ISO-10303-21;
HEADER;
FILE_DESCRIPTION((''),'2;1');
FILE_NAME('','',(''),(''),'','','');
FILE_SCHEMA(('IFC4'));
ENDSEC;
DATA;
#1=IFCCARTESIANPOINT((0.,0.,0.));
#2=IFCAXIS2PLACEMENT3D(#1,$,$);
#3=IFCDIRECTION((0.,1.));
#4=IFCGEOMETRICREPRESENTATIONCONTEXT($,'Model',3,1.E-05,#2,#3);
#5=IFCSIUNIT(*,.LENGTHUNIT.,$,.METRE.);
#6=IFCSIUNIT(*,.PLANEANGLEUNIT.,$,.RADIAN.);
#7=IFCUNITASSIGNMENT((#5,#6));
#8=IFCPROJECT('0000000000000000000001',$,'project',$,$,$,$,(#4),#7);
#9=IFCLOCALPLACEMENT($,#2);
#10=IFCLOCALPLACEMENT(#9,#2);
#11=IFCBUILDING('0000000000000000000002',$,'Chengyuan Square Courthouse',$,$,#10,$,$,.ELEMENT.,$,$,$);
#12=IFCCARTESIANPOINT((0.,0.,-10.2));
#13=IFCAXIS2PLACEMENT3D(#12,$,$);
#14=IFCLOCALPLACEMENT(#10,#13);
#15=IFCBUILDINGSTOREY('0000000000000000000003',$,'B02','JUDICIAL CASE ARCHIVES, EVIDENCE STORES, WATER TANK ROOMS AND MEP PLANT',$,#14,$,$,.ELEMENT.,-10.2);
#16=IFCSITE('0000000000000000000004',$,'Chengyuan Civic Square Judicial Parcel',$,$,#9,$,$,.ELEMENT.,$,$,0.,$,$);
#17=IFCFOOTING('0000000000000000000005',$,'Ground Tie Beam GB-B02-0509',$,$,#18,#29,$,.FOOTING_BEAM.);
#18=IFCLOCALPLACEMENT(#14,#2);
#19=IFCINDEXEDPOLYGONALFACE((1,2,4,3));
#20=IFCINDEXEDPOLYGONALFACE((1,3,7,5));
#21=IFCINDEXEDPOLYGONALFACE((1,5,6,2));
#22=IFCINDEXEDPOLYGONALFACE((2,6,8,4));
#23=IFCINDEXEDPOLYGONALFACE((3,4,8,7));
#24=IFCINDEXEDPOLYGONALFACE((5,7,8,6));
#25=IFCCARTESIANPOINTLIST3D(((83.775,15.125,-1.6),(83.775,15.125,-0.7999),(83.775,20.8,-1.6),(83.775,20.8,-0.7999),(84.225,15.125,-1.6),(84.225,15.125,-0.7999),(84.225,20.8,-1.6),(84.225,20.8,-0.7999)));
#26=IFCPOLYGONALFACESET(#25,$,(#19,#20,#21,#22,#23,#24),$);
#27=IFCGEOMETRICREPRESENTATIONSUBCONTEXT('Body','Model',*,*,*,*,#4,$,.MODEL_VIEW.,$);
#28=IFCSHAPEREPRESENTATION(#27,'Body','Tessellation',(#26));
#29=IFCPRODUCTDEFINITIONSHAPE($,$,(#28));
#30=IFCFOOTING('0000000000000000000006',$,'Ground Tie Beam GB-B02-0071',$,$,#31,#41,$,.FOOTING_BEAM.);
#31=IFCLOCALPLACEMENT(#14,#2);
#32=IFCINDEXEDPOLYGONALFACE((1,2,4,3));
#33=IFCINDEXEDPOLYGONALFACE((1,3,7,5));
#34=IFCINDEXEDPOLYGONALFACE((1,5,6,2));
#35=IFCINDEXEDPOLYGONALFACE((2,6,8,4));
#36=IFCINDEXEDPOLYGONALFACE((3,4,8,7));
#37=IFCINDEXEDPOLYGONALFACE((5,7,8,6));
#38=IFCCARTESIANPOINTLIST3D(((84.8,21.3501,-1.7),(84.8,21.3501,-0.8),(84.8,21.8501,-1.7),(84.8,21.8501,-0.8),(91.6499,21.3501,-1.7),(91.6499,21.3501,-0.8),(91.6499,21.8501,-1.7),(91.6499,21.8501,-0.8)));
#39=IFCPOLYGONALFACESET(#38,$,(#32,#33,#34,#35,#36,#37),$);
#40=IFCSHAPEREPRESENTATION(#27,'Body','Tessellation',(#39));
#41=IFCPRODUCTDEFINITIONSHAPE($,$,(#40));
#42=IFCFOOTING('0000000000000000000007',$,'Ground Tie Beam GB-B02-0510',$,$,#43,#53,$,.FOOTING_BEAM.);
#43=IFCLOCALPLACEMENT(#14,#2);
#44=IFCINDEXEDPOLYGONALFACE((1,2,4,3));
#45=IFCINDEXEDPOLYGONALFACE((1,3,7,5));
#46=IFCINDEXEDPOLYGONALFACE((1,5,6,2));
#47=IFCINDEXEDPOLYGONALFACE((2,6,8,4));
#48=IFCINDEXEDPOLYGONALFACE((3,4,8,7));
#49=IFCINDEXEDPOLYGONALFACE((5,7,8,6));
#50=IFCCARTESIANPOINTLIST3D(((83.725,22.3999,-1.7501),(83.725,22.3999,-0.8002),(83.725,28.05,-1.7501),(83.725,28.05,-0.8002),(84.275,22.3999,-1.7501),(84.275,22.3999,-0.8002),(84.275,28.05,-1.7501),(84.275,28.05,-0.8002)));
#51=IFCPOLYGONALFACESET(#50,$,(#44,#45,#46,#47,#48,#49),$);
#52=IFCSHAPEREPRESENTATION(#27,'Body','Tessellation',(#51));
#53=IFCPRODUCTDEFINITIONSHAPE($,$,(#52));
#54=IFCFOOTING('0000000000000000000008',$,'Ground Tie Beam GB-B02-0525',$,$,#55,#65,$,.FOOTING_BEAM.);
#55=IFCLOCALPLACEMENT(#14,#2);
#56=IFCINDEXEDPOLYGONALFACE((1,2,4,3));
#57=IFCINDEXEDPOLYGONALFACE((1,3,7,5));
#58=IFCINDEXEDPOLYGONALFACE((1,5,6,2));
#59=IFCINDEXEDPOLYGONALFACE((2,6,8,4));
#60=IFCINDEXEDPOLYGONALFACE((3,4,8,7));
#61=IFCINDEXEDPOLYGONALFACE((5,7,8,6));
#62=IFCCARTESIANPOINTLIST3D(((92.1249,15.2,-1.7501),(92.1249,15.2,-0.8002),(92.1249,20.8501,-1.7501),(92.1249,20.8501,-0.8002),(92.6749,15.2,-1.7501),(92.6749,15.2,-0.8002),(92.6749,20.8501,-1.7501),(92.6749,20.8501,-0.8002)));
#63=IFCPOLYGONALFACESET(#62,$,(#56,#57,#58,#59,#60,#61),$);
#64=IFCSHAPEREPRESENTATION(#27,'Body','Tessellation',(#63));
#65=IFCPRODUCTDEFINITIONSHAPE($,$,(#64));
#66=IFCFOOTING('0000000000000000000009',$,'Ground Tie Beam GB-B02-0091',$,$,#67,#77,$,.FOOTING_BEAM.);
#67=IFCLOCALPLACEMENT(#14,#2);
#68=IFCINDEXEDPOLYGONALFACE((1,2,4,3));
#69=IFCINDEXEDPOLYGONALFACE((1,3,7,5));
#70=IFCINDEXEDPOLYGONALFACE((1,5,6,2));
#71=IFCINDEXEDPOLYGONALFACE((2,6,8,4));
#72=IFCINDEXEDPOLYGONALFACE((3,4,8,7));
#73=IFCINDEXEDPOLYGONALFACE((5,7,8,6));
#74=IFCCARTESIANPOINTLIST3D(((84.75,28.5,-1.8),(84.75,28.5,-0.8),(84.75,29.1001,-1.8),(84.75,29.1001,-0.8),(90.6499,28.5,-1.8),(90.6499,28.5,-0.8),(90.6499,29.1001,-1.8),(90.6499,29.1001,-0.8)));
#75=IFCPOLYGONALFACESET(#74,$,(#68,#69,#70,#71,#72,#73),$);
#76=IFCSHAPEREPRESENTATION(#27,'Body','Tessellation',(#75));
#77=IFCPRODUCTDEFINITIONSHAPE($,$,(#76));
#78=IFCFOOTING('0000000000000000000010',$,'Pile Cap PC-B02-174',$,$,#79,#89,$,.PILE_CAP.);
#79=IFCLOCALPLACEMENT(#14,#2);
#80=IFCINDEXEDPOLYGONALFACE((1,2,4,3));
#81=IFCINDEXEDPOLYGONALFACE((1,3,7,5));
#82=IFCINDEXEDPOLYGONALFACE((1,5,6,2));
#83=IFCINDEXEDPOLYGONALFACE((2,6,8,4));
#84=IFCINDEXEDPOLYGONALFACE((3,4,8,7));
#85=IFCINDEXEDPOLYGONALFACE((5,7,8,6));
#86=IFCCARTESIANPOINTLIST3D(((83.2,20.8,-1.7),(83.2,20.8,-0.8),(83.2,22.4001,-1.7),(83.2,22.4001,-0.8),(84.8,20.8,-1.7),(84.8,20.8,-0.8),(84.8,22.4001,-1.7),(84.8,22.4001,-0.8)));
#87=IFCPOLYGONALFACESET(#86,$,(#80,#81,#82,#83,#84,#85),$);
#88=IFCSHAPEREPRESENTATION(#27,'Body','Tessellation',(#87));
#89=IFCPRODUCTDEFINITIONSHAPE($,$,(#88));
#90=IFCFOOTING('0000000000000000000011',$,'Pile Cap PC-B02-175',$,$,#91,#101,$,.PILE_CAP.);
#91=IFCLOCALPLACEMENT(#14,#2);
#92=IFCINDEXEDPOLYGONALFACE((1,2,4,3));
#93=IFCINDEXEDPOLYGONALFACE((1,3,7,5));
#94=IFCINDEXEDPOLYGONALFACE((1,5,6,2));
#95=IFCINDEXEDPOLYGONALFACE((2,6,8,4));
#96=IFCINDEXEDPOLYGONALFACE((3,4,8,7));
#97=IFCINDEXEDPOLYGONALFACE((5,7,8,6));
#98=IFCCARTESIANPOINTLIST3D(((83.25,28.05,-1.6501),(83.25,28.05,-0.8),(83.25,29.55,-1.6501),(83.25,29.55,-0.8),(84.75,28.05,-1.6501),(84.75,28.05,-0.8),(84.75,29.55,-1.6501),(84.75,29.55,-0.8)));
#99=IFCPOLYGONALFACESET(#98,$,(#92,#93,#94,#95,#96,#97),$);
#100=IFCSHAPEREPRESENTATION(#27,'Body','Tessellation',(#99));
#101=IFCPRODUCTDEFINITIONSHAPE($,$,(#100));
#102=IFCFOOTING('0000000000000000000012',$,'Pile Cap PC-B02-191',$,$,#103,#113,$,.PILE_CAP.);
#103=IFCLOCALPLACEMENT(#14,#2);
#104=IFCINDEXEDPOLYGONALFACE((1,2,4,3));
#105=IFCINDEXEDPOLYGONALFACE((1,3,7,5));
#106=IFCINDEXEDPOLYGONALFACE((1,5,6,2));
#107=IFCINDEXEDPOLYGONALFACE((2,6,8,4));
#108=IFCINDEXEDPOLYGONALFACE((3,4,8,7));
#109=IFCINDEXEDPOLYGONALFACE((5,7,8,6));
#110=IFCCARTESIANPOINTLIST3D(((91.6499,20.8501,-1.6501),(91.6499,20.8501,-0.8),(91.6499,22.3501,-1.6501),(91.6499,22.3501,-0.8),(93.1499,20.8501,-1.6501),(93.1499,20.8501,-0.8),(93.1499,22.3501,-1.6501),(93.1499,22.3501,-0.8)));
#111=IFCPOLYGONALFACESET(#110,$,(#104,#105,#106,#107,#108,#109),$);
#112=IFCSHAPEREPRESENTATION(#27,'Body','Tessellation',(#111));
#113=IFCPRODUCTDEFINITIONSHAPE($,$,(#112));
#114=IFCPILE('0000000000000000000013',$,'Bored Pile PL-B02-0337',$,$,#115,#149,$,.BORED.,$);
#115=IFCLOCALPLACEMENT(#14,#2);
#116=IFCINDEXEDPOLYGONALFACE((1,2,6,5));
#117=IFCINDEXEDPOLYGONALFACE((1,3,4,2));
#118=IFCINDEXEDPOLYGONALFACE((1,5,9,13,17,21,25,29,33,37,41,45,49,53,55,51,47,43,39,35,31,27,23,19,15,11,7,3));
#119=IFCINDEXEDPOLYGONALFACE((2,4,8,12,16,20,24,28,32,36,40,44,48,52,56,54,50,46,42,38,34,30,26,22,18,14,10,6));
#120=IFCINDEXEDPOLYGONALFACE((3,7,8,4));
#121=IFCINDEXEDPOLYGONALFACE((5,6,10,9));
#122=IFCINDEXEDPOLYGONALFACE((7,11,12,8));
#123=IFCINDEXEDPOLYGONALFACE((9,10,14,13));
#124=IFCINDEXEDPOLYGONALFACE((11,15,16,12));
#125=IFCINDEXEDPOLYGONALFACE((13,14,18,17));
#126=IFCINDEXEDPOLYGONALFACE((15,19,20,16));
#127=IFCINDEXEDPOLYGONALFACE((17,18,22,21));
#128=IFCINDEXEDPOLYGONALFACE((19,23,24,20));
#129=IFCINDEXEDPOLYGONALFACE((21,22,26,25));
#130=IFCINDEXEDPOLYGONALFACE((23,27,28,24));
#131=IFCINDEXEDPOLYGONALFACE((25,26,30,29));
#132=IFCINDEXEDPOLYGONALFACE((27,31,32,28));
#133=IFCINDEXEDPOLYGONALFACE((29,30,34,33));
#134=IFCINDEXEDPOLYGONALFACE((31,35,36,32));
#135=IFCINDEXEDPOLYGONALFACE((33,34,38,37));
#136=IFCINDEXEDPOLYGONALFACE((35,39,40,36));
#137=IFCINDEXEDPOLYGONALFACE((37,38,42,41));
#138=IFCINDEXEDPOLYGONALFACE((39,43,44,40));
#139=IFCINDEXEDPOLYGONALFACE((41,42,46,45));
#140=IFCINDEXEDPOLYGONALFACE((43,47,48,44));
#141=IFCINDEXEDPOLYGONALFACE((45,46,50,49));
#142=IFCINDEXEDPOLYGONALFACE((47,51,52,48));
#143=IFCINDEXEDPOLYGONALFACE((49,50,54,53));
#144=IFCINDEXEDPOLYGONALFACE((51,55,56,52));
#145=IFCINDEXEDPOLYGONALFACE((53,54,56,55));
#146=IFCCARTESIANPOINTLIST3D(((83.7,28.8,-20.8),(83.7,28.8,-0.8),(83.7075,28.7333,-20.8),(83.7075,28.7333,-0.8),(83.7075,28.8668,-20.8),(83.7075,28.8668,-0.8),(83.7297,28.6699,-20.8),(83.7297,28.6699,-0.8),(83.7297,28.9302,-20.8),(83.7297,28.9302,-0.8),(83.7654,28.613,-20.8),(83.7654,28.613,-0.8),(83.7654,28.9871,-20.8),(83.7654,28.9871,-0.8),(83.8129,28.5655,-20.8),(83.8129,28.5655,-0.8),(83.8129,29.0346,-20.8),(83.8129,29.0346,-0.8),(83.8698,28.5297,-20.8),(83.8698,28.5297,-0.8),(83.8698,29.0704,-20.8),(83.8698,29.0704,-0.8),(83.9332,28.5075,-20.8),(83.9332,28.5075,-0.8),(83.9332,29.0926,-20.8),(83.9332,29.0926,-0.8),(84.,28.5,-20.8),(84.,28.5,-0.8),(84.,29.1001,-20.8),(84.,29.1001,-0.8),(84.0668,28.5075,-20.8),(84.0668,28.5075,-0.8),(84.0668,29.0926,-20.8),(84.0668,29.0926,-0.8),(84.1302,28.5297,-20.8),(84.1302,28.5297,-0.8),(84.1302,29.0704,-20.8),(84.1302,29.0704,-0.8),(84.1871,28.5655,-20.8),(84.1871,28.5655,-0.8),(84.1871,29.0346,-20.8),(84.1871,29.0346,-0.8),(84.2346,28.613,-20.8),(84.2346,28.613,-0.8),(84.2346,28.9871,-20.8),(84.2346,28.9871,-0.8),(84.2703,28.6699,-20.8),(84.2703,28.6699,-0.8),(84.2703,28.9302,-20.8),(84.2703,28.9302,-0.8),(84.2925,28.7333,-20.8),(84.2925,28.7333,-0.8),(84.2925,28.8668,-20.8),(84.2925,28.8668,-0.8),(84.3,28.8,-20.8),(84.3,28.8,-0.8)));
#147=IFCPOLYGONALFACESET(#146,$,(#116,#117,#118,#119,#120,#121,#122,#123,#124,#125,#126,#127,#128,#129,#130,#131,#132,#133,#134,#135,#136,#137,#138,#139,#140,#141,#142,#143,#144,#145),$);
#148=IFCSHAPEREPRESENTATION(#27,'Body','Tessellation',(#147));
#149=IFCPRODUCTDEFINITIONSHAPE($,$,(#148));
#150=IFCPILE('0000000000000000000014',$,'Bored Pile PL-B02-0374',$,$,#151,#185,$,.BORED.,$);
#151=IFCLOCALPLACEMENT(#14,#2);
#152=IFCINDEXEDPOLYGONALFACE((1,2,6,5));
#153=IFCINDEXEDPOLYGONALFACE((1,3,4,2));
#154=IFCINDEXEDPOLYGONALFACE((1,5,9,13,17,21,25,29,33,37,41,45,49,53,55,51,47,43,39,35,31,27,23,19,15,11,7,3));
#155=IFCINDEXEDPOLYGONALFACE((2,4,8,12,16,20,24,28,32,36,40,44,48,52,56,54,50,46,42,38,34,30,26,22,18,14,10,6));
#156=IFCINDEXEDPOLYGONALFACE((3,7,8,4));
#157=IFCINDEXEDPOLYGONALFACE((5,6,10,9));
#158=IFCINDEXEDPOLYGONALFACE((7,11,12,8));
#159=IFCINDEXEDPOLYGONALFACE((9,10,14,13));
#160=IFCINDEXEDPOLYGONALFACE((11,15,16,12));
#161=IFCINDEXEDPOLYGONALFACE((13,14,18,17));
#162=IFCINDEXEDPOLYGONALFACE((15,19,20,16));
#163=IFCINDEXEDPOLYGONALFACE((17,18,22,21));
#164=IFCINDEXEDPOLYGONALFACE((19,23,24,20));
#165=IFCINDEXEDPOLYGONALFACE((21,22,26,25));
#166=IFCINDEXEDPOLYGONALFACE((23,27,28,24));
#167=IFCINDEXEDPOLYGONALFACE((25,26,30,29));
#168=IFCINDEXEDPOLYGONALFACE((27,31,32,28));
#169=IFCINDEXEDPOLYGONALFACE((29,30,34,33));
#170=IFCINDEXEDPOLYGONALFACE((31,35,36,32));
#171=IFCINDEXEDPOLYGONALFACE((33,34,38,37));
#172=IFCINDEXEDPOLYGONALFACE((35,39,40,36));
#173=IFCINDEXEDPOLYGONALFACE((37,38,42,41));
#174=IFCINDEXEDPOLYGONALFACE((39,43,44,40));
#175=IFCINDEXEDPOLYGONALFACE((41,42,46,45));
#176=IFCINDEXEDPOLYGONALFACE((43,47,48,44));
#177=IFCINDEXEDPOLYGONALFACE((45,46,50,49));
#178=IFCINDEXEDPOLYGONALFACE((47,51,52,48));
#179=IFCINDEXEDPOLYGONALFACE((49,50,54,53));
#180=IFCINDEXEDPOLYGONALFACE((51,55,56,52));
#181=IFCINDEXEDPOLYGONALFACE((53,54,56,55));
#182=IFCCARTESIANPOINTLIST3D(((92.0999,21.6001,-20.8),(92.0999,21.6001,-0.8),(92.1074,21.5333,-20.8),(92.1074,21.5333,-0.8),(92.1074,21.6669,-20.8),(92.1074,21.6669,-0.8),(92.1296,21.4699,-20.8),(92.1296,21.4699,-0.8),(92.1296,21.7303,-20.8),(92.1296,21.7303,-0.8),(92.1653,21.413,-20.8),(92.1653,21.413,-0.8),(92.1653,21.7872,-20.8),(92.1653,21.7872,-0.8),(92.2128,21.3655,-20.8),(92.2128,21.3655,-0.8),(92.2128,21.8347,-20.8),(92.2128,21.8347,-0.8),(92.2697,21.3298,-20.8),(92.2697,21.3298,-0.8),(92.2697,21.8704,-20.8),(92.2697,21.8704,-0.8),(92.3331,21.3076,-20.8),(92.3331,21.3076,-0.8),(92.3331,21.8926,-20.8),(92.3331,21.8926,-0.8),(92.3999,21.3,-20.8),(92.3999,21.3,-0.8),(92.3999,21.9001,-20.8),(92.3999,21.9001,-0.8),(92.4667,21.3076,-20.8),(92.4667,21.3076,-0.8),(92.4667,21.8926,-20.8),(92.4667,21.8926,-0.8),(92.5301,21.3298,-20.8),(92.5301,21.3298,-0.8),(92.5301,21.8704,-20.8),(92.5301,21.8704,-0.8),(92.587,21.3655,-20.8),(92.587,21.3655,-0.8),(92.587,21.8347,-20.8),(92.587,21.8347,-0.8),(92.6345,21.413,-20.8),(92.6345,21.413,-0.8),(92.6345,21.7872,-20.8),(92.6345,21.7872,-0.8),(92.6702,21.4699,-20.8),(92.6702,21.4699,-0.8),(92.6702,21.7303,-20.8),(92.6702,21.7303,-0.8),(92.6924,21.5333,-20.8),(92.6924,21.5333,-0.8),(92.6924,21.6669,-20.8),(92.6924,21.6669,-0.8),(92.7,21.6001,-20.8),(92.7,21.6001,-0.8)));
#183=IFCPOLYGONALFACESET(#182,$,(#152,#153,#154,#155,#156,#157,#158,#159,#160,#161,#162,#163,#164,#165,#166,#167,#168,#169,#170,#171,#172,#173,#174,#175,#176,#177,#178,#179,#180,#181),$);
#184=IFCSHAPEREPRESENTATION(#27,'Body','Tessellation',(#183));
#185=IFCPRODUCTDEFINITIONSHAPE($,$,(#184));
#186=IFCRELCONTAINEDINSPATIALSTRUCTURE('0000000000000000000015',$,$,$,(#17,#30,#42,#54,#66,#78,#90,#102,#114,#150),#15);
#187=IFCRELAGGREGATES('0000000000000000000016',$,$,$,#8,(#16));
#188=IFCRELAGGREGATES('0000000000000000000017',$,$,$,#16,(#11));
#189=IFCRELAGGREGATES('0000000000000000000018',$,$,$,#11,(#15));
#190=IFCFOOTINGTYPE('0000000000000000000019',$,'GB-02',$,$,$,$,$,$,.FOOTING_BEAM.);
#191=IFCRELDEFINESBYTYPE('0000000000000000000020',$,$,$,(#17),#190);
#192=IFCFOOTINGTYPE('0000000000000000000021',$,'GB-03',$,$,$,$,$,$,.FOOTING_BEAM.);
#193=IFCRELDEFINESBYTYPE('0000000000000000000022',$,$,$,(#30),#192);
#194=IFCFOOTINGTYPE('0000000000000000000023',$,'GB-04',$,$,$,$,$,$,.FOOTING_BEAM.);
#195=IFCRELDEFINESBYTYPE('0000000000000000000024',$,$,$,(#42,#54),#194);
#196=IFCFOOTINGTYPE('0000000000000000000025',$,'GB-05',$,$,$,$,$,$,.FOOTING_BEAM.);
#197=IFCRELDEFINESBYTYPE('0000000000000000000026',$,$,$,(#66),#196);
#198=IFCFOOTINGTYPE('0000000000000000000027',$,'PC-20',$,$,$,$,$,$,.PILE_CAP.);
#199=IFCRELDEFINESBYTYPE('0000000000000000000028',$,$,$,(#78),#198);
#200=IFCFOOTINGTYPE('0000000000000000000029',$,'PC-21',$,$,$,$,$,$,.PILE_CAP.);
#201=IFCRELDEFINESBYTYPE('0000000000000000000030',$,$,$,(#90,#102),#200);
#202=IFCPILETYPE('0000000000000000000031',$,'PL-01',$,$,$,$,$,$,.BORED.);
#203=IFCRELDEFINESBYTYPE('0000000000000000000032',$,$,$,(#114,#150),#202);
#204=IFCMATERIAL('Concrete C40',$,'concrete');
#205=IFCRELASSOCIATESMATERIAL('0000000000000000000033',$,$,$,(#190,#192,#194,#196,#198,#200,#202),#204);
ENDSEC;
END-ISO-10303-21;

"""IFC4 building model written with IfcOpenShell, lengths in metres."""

from ifc_helpers import new_model, si_unit, direction, frame, origin, origin_2d, place, context, subcontext, project, spatial, rectangle, circle, extrude, material, material_profile, profile_set, type_object, element, save


model = new_model("IFC4")

# Units and contexts
model_context = context("Model", 3, precision=1e-05, world=origin(), true_north=direction((0.0, 1.0)))
body_context = subcontext(model_context, "Body", "Model", "MODEL_VIEW")
ifc_project = project(units=[si_unit("LENGTHUNIT", "METRE"), si_unit("PLANEANGLEUNIT", "RADIAN")], contexts=[model_context])

# Site, building, storey
site_placement = place(None, origin())
site = spatial("IfcSite", under=ifc_project, at=site_placement, Name="Chengyuan Civic Square Judicial Parcel", CompositionType="ELEMENT", RefElevation=0.0)
building_placement = place(site_placement, origin())
building = spatial("IfcBuilding", under=site, at=building_placement, Name="Chengyuan Square Courthouse", CompositionType="ELEMENT")
storey_placement = place(building_placement, frame((0.0, 0.0, -10.2)))
storey = spatial("IfcBuildingStorey", under=building, at=storey_placement, Name="B02", Description="JUDICIAL CASE ARCHIVES, EVIDENCE STORES, WATER TANK ROOMS AND MEP PLANT", CompositionType="ELEMENT", Elevation=-10.2)

# Footings
ifc_material_1 = material(Name="Concrete C40", Category="concrete")
ifc_material_profile_1 = material_profile(ifc_material_1, rectangle(XDim=0.45, YDim=0.8, at=origin_2d()), Name="GB-450x800")
ifc_profile_set_1 = profile_set([ifc_material_profile_1], Name="Concrete C40")
footing_type_1 = type_object("IfcFootingType", Name="GB-02", PredefinedType="FOOTING_BEAM", material=ifc_profile_set_1)
footing_1_placement = place(storey_placement, frame((84.0, 15.125, -1.2), z_axis=(0.0, 1.0, 0.0), x_axis=(-1.0, 0.0, 0.0)))
element("IfcFooting", 1, at=footing_1_placement, inside=storey, type_object=footing_type_1, Name="Ground Tie Beam GB-B02-0509", PredefinedType="FOOTING_BEAM", context=body_context, shape_type="SweptSolid", body=[
    extrude(rectangle(XDim=0.45, YDim=0.8, at=origin_2d()), origin(), (0.0, 0.0, 1.0), 5.675),
])
ifc_material_profile_2 = material_profile(ifc_material_1, rectangle(XDim=0.5, YDim=0.8999, at=origin_2d()), Name="GB-500x900")
ifc_profile_set_2 = profile_set([ifc_material_profile_2], Name="Concrete C40")
footing_type_2 = type_object("IfcFootingType", Name="GB-03", PredefinedType="FOOTING_BEAM", material=ifc_profile_set_2)
footing_2_placement = place(storey_placement, frame((84.8, 21.6001, -1.25), z_axis=(1.0, 0.0, 0.0), x_axis=(0.0, 1.0, 0.0)))
element("IfcFooting", 2, at=footing_2_placement, inside=storey, type_object=footing_type_2, Name="Ground Tie Beam GB-B02-0071", PredefinedType="FOOTING_BEAM", context=body_context, shape_type="SweptSolid", body=[
    extrude(rectangle(XDim=0.5, YDim=0.8999, at=origin_2d()), origin(), (0.0, 0.0, 1.0), 6.8499),
])
ifc_material_profile_3 = material_profile(ifc_material_1, rectangle(XDim=0.55, YDim=0.95, at=origin_2d()), Name="GB-550x950")
ifc_profile_set_3 = profile_set([ifc_material_profile_3], Name="Concrete C40")
footing_type_3 = type_object("IfcFootingType", Name="GB-04", PredefinedType="FOOTING_BEAM", material=ifc_profile_set_3)
for number, where, z_axis, x_axis, name in (
    (3, (84.0, 22.3999, -1.2751), (0.0, 1.0, 0.0), (-1.0, 0.0, 0.0), "Ground Tie Beam GB-B02-0510"),
    (4, (92.3999, 15.2, -1.2751), (0.0, 1.0, 0.0), (-1.0, 0.0, 0.0), "Ground Tie Beam GB-B02-0525"),
):
    element("IfcFooting", number, at=place(storey_placement, frame(where, z_axis=z_axis, x_axis=x_axis)), inside=storey, type_object=footing_type_3, Name=name, PredefinedType="FOOTING_BEAM", context=body_context, shape_type="SweptSolid", body=[
        extrude(rectangle(XDim=0.55, YDim=0.95, at=origin_2d()), origin(), (0.0, 0.0, 1.0), 5.6501),
    ])
ifc_material_profile_4 = material_profile(ifc_material_1, rectangle(XDim=0.6001, YDim=1.0, at=origin_2d()), Name="GB-600x1000")
ifc_profile_set_4 = profile_set([ifc_material_profile_4], Name="Concrete C40")
footing_type_4 = type_object("IfcFootingType", Name="GB-05", PredefinedType="FOOTING_BEAM", material=ifc_profile_set_4)
footing_3_placement = place(storey_placement, frame((84.75, 28.8, -1.3), z_axis=(1.0, 0.0, 0.0), x_axis=(0.0, 1.0, 0.0)))
element("IfcFooting", 5, at=footing_3_placement, inside=storey, type_object=footing_type_4, Name="Ground Tie Beam GB-B02-0091", PredefinedType="FOOTING_BEAM", context=body_context, shape_type="SweptSolid", body=[
    extrude(rectangle(XDim=0.6001, YDim=1.0, at=origin_2d()), origin(), (0.0, 0.0, 1.0), 5.8999),
])
footing_type_5 = type_object("IfcFootingType", Name="PC-20", PredefinedType="PILE_CAP", material=ifc_material_1)
footing_4_placement = place(storey_placement, frame((84.0, 21.6001, -1.7), z_axis=(0.0, 0.0, 1.0), x_axis=(1.0, 0.0, 0.0)))
element("IfcFooting", 6, at=footing_4_placement, inside=storey, type_object=footing_type_5, Name="Pile Cap PC-B02-174", PredefinedType="PILE_CAP", context=body_context, shape_type="SweptSolid", body=[
    extrude(rectangle(XDim=1.6001, YDim=1.6001, at=origin_2d()), origin(), (0.0, 0.0, 1.0), 0.8999),
])
footing_type_6 = type_object("IfcFootingType", Name="PC-21", PredefinedType="PILE_CAP", material=ifc_material_1)
for number, where, z_axis, x_axis, name in (
    (7, (84.0, 28.8, -1.6501), (0.0, 0.0, 1.0), (1.0, 0.0, 0.0), "Pile Cap PC-B02-175"),
    (8, (92.3999, 21.6001, -1.6501), (0.0, 0.0, 1.0), (1.0, 0.0, 0.0), "Pile Cap PC-B02-191"),
):
    element("IfcFooting", number, at=place(storey_placement, frame(where, z_axis=z_axis, x_axis=x_axis)), inside=storey, type_object=footing_type_6, Name=name, PredefinedType="PILE_CAP", context=body_context, shape_type="SweptSolid", body=[
        extrude(rectangle(XDim=1.5, YDim=1.5, at=origin_2d()), origin(), (0.0, 0.0, 1.0), 0.8501),
    ])

# Piles
ifc_material_profile_5 = material_profile(ifc_material_1, circle(Radius=0.3, at=origin_2d()), Name="BORED PILE D600")
ifc_profile_set_5 = profile_set([ifc_material_profile_5], Name="Concrete C40")
pile_type_1 = type_object("IfcPileType", Name="PL-01", PredefinedType="BORED", material=ifc_profile_set_5)
for number, where, z_axis, x_axis, name in (
    (9, (84.0, 28.8, -0.8), (0.0, 0.0, -1.0), (1.0, 0.0, 0.0), "Bored Pile PL-B02-0337"),
    (10, (92.3999, 21.6001, -0.8), (0.0, 0.0, -1.0), (1.0, 0.0, 0.0), "Bored Pile PL-B02-0374"),
):
    element("IfcPile", number, at=place(storey_placement, frame(where, z_axis=z_axis, x_axis=x_axis)), inside=storey, type_object=pile_type_1, Name=name, PredefinedType="BORED", context=body_context, shape_type="SweptSolid", body=[
        extrude(circle(Radius=0.3, at=origin_2d()), origin(), (0.0, 0.0, 1.0), 20.0),
    ])

save(model, "model.ifc")
